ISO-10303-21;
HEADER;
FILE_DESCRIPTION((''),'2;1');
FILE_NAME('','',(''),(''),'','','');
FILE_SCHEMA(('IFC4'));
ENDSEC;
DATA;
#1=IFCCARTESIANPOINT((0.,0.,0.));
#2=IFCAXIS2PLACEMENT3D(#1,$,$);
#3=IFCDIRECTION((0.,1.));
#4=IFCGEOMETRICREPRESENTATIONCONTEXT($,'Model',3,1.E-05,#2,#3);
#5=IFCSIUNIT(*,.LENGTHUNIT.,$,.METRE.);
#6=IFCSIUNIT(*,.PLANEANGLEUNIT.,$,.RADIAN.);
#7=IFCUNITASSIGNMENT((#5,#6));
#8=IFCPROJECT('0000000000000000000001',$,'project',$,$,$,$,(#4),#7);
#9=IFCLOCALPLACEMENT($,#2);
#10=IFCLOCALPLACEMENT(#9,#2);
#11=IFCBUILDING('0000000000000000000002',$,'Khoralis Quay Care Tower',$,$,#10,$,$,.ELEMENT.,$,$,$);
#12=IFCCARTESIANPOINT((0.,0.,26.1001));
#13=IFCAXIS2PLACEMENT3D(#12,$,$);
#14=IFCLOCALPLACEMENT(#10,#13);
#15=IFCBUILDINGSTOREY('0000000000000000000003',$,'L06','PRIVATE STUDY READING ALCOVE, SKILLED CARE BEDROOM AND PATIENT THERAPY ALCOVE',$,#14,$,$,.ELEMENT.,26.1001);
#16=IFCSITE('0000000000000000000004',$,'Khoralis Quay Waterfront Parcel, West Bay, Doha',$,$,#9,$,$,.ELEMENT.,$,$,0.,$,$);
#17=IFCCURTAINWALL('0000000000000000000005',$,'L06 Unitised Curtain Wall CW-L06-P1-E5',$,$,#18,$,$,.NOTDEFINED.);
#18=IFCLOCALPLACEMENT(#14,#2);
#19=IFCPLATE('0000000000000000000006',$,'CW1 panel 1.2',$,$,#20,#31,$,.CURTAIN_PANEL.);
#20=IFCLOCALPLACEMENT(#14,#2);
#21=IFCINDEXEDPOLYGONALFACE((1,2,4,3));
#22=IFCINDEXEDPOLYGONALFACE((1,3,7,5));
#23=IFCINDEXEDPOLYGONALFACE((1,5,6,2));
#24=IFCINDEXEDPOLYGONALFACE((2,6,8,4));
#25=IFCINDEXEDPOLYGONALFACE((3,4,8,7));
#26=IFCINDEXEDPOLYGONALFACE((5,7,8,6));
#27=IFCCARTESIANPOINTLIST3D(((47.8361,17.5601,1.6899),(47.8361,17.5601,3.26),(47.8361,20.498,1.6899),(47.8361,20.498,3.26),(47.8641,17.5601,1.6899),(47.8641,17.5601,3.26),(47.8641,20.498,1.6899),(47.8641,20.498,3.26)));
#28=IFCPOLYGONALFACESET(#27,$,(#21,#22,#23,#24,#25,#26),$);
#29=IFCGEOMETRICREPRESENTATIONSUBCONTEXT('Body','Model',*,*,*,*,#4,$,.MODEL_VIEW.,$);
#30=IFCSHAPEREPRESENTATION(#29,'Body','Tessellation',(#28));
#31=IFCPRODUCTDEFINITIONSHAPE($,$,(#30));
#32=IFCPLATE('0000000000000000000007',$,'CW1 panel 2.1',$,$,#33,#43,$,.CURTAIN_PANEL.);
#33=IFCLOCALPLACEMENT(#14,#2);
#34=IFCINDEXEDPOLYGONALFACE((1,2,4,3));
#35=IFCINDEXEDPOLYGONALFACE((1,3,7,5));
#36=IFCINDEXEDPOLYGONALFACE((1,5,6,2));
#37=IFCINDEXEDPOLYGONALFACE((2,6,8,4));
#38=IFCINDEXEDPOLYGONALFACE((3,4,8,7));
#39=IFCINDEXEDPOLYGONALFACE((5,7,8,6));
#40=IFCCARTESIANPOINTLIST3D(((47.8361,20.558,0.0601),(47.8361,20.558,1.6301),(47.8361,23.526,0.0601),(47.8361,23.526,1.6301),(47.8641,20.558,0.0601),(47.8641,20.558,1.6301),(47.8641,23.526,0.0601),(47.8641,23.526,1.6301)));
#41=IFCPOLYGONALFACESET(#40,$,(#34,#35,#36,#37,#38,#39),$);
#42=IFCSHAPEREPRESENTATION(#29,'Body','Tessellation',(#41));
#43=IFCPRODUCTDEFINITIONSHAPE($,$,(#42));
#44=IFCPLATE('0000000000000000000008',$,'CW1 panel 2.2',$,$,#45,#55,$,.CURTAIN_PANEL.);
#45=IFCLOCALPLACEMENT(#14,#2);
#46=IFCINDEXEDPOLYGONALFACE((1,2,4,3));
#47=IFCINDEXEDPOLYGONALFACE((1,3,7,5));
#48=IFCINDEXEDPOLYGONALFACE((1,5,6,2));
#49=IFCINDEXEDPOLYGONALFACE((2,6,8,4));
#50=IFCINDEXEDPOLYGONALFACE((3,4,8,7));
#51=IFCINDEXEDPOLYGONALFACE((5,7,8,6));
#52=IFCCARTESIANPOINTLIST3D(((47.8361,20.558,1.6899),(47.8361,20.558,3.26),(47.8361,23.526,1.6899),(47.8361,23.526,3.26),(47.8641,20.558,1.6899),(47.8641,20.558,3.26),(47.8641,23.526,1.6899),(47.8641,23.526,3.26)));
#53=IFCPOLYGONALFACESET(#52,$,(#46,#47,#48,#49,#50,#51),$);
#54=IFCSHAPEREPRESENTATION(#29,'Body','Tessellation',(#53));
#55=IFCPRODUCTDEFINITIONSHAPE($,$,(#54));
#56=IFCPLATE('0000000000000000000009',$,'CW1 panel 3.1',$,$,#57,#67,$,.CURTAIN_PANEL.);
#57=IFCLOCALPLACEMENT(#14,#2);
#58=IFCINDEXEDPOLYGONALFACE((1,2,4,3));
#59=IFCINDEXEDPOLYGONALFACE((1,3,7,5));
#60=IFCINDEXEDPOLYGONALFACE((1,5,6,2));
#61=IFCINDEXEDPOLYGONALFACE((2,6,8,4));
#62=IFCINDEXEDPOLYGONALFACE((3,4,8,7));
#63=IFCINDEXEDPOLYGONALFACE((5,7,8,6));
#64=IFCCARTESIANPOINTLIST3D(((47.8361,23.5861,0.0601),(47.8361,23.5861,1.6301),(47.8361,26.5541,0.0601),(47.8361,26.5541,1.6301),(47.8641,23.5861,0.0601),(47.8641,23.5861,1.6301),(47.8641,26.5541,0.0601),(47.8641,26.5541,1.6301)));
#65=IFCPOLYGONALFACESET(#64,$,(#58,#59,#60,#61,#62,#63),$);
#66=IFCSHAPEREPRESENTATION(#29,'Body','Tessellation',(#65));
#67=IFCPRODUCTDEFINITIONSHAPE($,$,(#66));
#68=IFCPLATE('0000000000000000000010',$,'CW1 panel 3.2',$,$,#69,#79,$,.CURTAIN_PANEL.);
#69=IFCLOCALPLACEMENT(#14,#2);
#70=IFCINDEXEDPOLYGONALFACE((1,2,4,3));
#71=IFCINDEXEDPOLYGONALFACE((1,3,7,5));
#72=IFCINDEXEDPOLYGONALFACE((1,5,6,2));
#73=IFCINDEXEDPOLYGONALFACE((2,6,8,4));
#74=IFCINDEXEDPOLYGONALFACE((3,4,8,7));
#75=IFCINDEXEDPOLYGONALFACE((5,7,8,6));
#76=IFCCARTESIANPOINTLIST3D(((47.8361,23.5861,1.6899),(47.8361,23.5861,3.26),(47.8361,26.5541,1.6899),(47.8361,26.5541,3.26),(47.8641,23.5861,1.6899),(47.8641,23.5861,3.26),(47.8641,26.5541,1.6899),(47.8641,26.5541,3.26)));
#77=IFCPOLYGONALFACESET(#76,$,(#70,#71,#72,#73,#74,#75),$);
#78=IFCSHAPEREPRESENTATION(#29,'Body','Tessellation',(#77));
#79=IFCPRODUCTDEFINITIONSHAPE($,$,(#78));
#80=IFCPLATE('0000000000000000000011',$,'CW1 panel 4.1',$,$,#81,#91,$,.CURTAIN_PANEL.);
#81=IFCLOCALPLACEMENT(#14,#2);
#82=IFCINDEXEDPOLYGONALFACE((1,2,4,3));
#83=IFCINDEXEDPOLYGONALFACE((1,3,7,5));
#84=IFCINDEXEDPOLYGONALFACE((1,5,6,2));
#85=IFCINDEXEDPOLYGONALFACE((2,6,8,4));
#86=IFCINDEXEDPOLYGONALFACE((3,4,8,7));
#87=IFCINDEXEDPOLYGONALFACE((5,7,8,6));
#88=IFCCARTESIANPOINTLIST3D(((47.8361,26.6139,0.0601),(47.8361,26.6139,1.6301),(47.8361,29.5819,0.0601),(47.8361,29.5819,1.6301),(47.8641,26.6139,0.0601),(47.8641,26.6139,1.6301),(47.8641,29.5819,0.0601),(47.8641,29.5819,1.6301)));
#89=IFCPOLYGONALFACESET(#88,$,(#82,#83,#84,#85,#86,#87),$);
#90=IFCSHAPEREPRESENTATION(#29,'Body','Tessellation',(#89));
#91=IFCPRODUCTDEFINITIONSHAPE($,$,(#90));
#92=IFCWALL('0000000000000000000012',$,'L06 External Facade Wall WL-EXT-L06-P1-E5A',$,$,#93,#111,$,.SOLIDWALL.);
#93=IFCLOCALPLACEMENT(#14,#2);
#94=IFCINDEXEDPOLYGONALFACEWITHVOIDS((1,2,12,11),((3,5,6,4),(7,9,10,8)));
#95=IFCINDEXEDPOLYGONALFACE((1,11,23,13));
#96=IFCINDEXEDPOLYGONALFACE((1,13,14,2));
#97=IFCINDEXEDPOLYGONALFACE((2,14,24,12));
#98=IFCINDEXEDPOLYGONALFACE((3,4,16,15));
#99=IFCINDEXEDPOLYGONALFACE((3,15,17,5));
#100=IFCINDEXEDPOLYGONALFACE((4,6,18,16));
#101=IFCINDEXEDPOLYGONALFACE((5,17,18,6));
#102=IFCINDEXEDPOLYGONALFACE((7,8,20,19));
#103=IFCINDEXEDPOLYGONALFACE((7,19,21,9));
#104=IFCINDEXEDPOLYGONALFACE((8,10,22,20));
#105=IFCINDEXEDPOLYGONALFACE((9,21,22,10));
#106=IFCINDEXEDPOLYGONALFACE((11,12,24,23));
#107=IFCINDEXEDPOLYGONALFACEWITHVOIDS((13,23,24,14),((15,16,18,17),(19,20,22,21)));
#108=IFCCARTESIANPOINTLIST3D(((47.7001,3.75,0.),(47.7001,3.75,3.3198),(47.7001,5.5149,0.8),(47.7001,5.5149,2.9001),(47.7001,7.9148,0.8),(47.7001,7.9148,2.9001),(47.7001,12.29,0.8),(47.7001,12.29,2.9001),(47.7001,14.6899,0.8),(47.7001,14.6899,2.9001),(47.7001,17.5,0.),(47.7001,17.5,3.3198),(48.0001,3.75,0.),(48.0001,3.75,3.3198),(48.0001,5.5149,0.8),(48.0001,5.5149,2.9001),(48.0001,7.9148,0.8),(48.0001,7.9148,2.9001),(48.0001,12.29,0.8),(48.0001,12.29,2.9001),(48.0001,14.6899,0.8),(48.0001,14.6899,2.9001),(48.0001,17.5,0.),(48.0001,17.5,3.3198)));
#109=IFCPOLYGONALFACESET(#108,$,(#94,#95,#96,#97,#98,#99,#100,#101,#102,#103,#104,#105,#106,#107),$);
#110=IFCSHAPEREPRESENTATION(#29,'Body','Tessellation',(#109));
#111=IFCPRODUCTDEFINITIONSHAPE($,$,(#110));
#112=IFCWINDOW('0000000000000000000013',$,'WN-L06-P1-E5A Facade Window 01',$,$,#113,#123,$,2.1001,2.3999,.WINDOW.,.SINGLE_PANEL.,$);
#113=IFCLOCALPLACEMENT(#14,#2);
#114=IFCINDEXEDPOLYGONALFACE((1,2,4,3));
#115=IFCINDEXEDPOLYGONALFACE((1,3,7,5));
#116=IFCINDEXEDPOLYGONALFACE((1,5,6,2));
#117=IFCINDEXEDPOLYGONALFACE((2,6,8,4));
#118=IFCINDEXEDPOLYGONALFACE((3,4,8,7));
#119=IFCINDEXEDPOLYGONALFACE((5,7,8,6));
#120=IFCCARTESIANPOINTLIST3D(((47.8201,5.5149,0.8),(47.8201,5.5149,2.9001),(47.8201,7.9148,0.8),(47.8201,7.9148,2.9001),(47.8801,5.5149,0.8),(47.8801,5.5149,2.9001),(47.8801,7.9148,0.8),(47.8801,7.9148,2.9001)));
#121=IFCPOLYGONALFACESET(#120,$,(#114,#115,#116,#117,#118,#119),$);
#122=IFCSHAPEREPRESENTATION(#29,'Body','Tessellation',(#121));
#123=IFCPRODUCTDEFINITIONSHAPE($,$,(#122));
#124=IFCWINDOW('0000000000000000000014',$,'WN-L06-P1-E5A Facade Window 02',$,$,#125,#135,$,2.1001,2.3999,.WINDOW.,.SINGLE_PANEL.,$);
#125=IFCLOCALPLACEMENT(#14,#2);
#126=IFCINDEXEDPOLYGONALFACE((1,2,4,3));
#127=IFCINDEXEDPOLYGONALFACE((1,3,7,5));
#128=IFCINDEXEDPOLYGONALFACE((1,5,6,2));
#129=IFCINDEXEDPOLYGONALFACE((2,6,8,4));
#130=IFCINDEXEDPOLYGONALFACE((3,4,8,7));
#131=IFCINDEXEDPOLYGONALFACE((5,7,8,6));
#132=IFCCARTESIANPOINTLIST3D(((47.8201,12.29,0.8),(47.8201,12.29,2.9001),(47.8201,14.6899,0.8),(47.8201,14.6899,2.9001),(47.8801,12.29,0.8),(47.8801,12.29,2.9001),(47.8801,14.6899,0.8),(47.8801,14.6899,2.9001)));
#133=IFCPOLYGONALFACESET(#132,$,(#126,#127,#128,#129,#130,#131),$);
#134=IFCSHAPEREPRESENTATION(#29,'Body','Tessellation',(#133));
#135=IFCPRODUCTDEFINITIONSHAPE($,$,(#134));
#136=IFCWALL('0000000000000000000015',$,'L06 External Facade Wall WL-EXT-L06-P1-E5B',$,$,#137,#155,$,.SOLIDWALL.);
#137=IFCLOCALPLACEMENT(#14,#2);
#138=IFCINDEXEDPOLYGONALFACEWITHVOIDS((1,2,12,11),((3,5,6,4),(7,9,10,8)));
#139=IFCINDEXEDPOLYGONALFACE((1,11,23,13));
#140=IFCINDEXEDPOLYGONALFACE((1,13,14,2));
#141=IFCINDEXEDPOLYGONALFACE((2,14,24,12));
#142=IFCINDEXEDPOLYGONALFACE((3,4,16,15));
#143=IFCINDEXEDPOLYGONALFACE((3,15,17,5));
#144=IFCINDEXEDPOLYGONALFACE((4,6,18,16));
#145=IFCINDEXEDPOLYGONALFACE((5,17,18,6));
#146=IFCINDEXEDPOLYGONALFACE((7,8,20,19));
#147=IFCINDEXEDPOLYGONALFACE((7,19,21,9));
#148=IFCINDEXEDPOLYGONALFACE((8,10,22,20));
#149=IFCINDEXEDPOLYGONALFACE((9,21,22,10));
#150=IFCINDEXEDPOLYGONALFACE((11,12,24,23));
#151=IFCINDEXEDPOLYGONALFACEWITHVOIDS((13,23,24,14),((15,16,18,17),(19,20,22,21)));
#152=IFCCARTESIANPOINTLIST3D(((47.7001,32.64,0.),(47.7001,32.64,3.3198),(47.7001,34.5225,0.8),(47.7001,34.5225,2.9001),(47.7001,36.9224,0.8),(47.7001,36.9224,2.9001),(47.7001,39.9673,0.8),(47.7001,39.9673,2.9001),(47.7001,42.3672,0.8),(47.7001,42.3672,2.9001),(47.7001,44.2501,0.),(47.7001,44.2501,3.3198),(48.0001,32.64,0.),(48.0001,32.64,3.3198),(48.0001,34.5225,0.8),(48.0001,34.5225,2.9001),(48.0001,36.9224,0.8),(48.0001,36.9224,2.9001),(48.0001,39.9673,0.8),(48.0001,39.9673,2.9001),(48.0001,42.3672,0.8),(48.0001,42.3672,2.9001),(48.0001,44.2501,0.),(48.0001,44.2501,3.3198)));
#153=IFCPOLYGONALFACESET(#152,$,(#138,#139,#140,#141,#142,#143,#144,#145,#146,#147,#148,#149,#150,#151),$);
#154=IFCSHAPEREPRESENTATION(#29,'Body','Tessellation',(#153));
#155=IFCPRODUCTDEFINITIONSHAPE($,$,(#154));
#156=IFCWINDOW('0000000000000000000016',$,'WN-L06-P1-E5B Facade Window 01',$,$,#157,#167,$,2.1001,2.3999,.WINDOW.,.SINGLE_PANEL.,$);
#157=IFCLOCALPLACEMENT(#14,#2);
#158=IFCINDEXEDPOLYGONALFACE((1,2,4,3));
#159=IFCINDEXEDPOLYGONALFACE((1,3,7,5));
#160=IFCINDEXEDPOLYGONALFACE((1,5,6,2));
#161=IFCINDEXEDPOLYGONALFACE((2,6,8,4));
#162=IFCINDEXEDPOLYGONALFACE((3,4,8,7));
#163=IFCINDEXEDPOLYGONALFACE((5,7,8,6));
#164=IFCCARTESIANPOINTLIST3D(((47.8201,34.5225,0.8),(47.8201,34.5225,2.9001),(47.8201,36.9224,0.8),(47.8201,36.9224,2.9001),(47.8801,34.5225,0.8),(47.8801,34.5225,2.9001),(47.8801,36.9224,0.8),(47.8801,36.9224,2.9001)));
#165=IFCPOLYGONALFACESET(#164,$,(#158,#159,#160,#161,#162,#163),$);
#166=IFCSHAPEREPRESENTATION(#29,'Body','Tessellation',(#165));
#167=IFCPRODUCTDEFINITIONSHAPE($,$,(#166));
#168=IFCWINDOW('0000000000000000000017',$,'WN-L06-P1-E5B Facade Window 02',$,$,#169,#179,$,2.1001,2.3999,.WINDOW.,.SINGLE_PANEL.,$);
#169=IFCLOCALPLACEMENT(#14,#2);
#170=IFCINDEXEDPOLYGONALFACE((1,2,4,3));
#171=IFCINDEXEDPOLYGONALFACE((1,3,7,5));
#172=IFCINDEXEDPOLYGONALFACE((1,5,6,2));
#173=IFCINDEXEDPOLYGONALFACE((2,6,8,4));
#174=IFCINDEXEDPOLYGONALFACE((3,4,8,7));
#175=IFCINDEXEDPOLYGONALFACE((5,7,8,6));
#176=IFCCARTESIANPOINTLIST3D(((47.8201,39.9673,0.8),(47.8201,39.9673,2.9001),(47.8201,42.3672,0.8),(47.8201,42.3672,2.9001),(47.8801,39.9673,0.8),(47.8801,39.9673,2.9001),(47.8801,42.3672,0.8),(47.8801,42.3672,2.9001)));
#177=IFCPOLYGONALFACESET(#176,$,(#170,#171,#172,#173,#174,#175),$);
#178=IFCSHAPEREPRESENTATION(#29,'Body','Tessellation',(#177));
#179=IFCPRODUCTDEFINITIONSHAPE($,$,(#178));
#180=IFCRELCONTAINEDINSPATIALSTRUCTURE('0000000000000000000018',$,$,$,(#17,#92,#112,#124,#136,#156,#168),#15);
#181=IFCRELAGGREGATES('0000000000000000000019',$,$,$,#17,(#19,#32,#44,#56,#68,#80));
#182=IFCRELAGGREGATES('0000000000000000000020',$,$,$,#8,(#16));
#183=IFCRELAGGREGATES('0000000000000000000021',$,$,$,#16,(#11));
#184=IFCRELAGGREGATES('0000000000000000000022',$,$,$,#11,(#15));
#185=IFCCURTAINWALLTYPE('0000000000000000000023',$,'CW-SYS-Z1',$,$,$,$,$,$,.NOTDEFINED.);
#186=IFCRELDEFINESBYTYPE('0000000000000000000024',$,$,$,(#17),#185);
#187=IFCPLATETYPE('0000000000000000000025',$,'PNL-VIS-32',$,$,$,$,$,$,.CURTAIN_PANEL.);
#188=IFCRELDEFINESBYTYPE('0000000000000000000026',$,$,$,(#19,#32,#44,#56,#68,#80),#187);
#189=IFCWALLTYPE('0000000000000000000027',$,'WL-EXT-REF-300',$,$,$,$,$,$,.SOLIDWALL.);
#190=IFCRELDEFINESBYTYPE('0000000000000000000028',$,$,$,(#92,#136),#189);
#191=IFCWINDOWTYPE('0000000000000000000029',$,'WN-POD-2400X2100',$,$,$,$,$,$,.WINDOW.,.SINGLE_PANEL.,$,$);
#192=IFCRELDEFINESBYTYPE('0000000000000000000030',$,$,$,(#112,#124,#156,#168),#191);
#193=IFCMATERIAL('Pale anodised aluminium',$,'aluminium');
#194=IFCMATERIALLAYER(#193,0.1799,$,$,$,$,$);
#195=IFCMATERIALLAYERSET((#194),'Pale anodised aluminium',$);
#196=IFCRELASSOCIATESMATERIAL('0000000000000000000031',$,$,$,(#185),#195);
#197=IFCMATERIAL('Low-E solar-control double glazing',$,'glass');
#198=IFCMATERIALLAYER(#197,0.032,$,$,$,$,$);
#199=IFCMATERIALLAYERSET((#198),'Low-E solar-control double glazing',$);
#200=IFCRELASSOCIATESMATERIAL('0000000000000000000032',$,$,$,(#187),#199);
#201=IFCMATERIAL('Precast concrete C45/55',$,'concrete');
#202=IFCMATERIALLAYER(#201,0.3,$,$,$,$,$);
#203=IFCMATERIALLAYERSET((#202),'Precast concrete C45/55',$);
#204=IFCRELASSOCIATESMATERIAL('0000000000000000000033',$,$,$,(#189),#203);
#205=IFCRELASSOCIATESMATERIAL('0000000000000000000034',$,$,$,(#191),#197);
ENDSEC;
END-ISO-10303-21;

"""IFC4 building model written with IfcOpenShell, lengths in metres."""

from ifc_helpers import new_model, si_unit, direction, frame, frame_2d, origin, origin_2d, place, context, subcontext, project, spatial, rectangle, extrude, source, transform, mapped, material, layer, layer_set, type_object, element, fill, aggregate, save


model = new_model("IFC4")

# Units and contexts
model_context = context("Model", 3, precision=1e-05, world=origin(), true_north=direction((0.0, 1.0)))
body_context = subcontext(model_context, "Body", "Model", "MODEL_VIEW")
ifc_project = project(units=[si_unit("LENGTHUNIT", "METRE"), si_unit("PLANEANGLEUNIT", "RADIAN")], contexts=[model_context])

# Site, building, storey
site_placement = place(None, origin())
site = spatial("IfcSite", under=ifc_project, at=site_placement, Name="Khoralis Quay Waterfront Parcel, West Bay, Doha", CompositionType="ELEMENT", RefElevation=0.0)
building_placement = place(site_placement, origin())
building = spatial("IfcBuilding", under=site, at=building_placement, Name="Khoralis Quay Care Tower", CompositionType="ELEMENT")
storey_placement = place(building_placement, frame((0.0, 0.0, 26.1001)))
storey = spatial("IfcBuildingStorey", under=building, at=storey_placement, Name="L06", Description="PRIVATE STUDY READING ALCOVE, SKILLED CARE BEDROOM AND PATIENT THERAPY ALCOVE", CompositionType="ELEMENT", Elevation=26.1001)

# Curtain wall, plates
ifc_material_1 = material(Name="Pale anodised aluminium", Category="aluminium")
ifc_layer_1 = layer(ifc_material_1, 0.1799)
ifc_layer_set_1 = layer_set([ifc_layer_1], Name="Pale anodised aluminium")
curtain_wall_type = type_object("IfcCurtainWallType", Name="CW-SYS-Z1", PredefinedType="NOTDEFINED", material=ifc_layer_set_1)
curtain_wall_placement = place(storey_placement, origin())
curtain_wall = element("IfcCurtainWall", 1, at=curtain_wall_placement, inside=storey, type_object=curtain_wall_type, Name="L06 Unitised Curtain Wall CW-L06-P1-E5", PredefinedType="NOTDEFINED")
ifc_material_2 = material(Name="Low-E solar-control double glazing", Category="glass")
ifc_layer_2 = layer(ifc_material_2, 0.032)
ifc_layer_set_2 = layer_set([ifc_layer_2], Name="Low-E solar-control double glazing")
plate_type = type_object("IfcPlateType", Name="PNL-VIS-32", PredefinedType="CURTAIN_PANEL", material=ifc_layer_set_2)
shared_shape_1 = source(origin(), body_context, "Body", "SweptSolid", [
    extrude(rectangle(XDim=2.938, YDim=0.0281, at=origin_2d()), origin(), (0.0, 0.0, 1.0), 1.5701),
])
plate_1_placement = place(storey_placement, frame((47.8501, 19.0291, 1.6899), z_axis=(0.0, 0.0, 1.0), x_axis=(0.0, 1.0, 0.0)))
plate_1 = element("IfcPlate", 2, at=plate_1_placement, type_object=plate_type, Name="CW1 panel 1.2", PredefinedType="CURTAIN_PANEL", context=body_context, shape_type="MappedRepresentation", body=[
    mapped(shared_shape_1, transform((0.0, 0.0, 0.0), scale=1.0)),
])
shared_shape_2 = source(origin(), body_context, "Body", "SweptSolid", [
    extrude(rectangle(XDim=2.968, YDim=0.0281, at=origin_2d()), origin(), (0.0, 0.0, 1.0), 1.5701),
])
plate_2_placement = place(storey_placement, frame((47.8501, 22.042, 0.0601), z_axis=(0.0, 0.0, 1.0), x_axis=(0.0, 1.0, 0.0)))
plate_2 = element("IfcPlate", 3, at=plate_2_placement, type_object=plate_type, Name="CW1 panel 2.1", PredefinedType="CURTAIN_PANEL", context=body_context, shape_type="MappedRepresentation", body=[
    mapped(shared_shape_2, transform((0.0, 0.0, 0.0), scale=1.0)),
])
plate_3_placement = place(storey_placement, frame((47.8501, 22.042, 1.6899), z_axis=(0.0, 0.0, 1.0), x_axis=(0.0, 1.0, 0.0)))
plate_3 = element("IfcPlate", 4, at=plate_3_placement, type_object=plate_type, Name="CW1 panel 2.2", PredefinedType="CURTAIN_PANEL", context=body_context, shape_type="MappedRepresentation", body=[
    mapped(shared_shape_2, transform((0.0, 0.0, 0.0), scale=1.0)),
])
plate_4_placement = place(storey_placement, frame((47.8501, 25.0701, 0.0601), z_axis=(0.0, 0.0, 1.0), x_axis=(0.0, 1.0, 0.0)))
plate_4 = element("IfcPlate", 5, at=plate_4_placement, type_object=plate_type, Name="CW1 panel 3.1", PredefinedType="CURTAIN_PANEL", context=body_context, shape_type="MappedRepresentation", body=[
    mapped(shared_shape_2, transform((0.0, 0.0, 0.0), scale=1.0)),
])
plate_5_placement = place(storey_placement, frame((47.8501, 25.0701, 1.6899), z_axis=(0.0, 0.0, 1.0), x_axis=(0.0, 1.0, 0.0)))
plate_5 = element("IfcPlate", 6, at=plate_5_placement, type_object=plate_type, Name="CW1 panel 3.2", PredefinedType="CURTAIN_PANEL", context=body_context, shape_type="MappedRepresentation", body=[
    mapped(shared_shape_2, transform((0.0, 0.0, 0.0), scale=1.0)),
])
plate_6_placement = place(storey_placement, frame((47.8501, 28.0979, 0.0601), z_axis=(0.0, 0.0, 1.0), x_axis=(0.0, 1.0, 0.0)))
plate_6 = element("IfcPlate", 7, at=plate_6_placement, type_object=plate_type, Name="CW1 panel 4.1", PredefinedType="CURTAIN_PANEL", context=body_context, shape_type="MappedRepresentation", body=[
    mapped(shared_shape_2, transform((0.0, 0.0, 0.0), scale=1.0)),
])
aggregate(curtain_wall, [plate_1, plate_2, plate_3, plate_4, plate_5, plate_6])

# Walls, openings, windows
ifc_material_3 = material(Name="Precast concrete C45/55", Category="concrete")
ifc_layer_3 = layer(ifc_material_3, 0.3)
ifc_layer_set_3 = layer_set([ifc_layer_3], Name="Precast concrete C45/55")
wall_type = type_object("IfcWallType", Name="WL-EXT-REF-300", PredefinedType="SOLIDWALL", material=ifc_layer_set_3)
wall_1_placement = place(storey_placement, frame((47.8501, 3.75, 0.0), z_axis=(0.0, 0.0, 1.0), x_axis=(0.0, 1.0, 0.0)))
wall_1 = element("IfcWall", 8, at=wall_1_placement, inside=storey, type_object=wall_type, Name="L06 External Facade Wall WL-EXT-L06-P1-E5A", PredefinedType="SOLIDWALL", context=body_context, shape_type="SweptSolid", body=[
    extrude(rectangle(XDim=13.75, YDim=0.3, at=frame_2d((6.875, 0.0))), origin(), (0.0, 0.0, 1.0), 3.3198),
])
opening_1_placement = place(wall_1_placement, frame((1.7649, 0.0, 0.8)))
opening_1 = element("IfcOpeningElement", 9, at=opening_1_placement, cuts=wall_1, PredefinedType="OPENING", context=body_context, shape_type="SweptSolid", body=[
    extrude(rectangle(XDim=2.3999, YDim=2.1001, at=frame_2d((1.2, 1.05))), frame((0.0, 0.1602, 0.0), z_axis=(0.0, -1.0, 0.0), x_axis=(1.0, 0.0, 0.0)), (0.0, 0.0, 1.0), 0.3201),
])
opening_2_placement = place(wall_1_placement, frame((8.54, 0.0, 0.8)))
opening_2 = element("IfcOpeningElement", 10, at=opening_2_placement, cuts=wall_1, PredefinedType="OPENING", context=body_context, shape_type="SweptSolid", body=[
    extrude(rectangle(XDim=2.3999, YDim=2.1001, at=frame_2d((1.2, 1.05))), frame((0.0, 0.1602, 0.0), z_axis=(0.0, -1.0, 0.0), x_axis=(1.0, 0.0, 0.0)), (0.0, 0.0, 1.0), 0.3201),
])
window_type = type_object("IfcWindowType", Name="WN-POD-2400X2100", PartitioningType="SINGLE_PANEL", PredefinedType="WINDOW", material=ifc_material_2)
shared_shape_3 = source(origin(), body_context, "Body", "SweptSolid", [
    extrude(rectangle(XDim=2.3999, YDim=2.1001, at=frame_2d((1.2, 1.05))), frame((0.0, 0.03, 0.0), z_axis=(0.0, -1.0, 0.0), x_axis=(1.0, 0.0, 0.0)), (0.0, 0.0, 1.0), 0.0601),
])
window_1_placement = place(opening_1_placement, origin())
window_1 = element("IfcWindow", 11, at=window_1_placement, inside=storey, type_object=window_type, Name="WN-L06-P1-E5A Facade Window 01", OverallHeight=2.1001, OverallWidth=2.3999, PartitioningType="SINGLE_PANEL", PredefinedType="WINDOW", context=body_context, shape_type="MappedRepresentation", body=[
    mapped(shared_shape_3, transform((0.0, 0.0, 0.0), scale=1.0)),
])
fill(opening_1, window_1)
window_2_placement = place(opening_2_placement, origin())
window_2 = element("IfcWindow", 12, at=window_2_placement, inside=storey, type_object=window_type, Name="WN-L06-P1-E5A Facade Window 02", OverallHeight=2.1001, OverallWidth=2.3999, PartitioningType="SINGLE_PANEL", PredefinedType="WINDOW", context=body_context, shape_type="MappedRepresentation", body=[
    mapped(shared_shape_3, transform((0.0, 0.0, 0.0), scale=1.0)),
])
fill(opening_2, window_2)
wall_2_placement = place(storey_placement, frame((47.8501, 32.6399, 0.0), z_axis=(0.0, 0.0, 1.0), x_axis=(0.0, 1.0, 0.0)))
wall_2 = element("IfcWall", 13, at=wall_2_placement, inside=storey, type_object=wall_type, Name="L06 External Facade Wall WL-EXT-L06-P1-E5B", PredefinedType="SOLIDWALL", context=body_context, shape_type="SweptSolid", body=[
    extrude(rectangle(XDim=11.6101, YDim=0.3, at=frame_2d((5.8052, 0.0))), origin(), (0.0, 0.0, 1.0), 3.3198),
])
opening_3_placement = place(wall_2_placement, frame((1.8826, 0.0, 0.8)))
opening_3 = element("IfcOpeningElement", 14, at=opening_3_placement, cuts=wall_2, PredefinedType="OPENING", context=body_context, shape_type="SweptSolid", body=[
    extrude(rectangle(XDim=2.3999, YDim=2.1001, at=frame_2d((1.2, 1.05))), frame((0.0, 0.1602, 0.0), z_axis=(0.0, -1.0, 0.0), x_axis=(1.0, 0.0, 0.0)), (0.0, 0.0, 1.0), 0.3201),
])
opening_4_placement = place(wall_2_placement, frame((7.3274, 0.0, 0.8)))
opening_4 = element("IfcOpeningElement", 15, at=opening_4_placement, cuts=wall_2, PredefinedType="OPENING", context=body_context, shape_type="SweptSolid", body=[
    extrude(rectangle(XDim=2.3999, YDim=2.1001, at=frame_2d((1.2, 1.05))), frame((0.0, 0.1602, 0.0), z_axis=(0.0, -1.0, 0.0), x_axis=(1.0, 0.0, 0.0)), (0.0, 0.0, 1.0), 0.3201),
])
window_3_placement = place(opening_3_placement, origin())
window_3 = element("IfcWindow", 16, at=window_3_placement, inside=storey, type_object=window_type, Name="WN-L06-P1-E5B Facade Window 01", OverallHeight=2.1001, OverallWidth=2.3999, PartitioningType="SINGLE_PANEL", PredefinedType="WINDOW", context=body_context, shape_type="MappedRepresentation", body=[
    mapped(shared_shape_3, transform((0.0, 0.0, 0.0), scale=1.0)),
])
fill(opening_3, window_3)
window_4_placement = place(opening_4_placement, origin())
window_4 = element("IfcWindow", 17, at=window_4_placement, inside=storey, type_object=window_type, Name="WN-L06-P1-E5B Facade Window 02", OverallHeight=2.1001, OverallWidth=2.3999, PartitioningType="SINGLE_PANEL", PredefinedType="WINDOW", context=body_context, shape_type="MappedRepresentation", body=[
    mapped(shared_shape_3, transform((0.0, 0.0, 0.0), scale=1.0)),
])
fill(opening_4, window_4)

save(model, "model.ifc")
